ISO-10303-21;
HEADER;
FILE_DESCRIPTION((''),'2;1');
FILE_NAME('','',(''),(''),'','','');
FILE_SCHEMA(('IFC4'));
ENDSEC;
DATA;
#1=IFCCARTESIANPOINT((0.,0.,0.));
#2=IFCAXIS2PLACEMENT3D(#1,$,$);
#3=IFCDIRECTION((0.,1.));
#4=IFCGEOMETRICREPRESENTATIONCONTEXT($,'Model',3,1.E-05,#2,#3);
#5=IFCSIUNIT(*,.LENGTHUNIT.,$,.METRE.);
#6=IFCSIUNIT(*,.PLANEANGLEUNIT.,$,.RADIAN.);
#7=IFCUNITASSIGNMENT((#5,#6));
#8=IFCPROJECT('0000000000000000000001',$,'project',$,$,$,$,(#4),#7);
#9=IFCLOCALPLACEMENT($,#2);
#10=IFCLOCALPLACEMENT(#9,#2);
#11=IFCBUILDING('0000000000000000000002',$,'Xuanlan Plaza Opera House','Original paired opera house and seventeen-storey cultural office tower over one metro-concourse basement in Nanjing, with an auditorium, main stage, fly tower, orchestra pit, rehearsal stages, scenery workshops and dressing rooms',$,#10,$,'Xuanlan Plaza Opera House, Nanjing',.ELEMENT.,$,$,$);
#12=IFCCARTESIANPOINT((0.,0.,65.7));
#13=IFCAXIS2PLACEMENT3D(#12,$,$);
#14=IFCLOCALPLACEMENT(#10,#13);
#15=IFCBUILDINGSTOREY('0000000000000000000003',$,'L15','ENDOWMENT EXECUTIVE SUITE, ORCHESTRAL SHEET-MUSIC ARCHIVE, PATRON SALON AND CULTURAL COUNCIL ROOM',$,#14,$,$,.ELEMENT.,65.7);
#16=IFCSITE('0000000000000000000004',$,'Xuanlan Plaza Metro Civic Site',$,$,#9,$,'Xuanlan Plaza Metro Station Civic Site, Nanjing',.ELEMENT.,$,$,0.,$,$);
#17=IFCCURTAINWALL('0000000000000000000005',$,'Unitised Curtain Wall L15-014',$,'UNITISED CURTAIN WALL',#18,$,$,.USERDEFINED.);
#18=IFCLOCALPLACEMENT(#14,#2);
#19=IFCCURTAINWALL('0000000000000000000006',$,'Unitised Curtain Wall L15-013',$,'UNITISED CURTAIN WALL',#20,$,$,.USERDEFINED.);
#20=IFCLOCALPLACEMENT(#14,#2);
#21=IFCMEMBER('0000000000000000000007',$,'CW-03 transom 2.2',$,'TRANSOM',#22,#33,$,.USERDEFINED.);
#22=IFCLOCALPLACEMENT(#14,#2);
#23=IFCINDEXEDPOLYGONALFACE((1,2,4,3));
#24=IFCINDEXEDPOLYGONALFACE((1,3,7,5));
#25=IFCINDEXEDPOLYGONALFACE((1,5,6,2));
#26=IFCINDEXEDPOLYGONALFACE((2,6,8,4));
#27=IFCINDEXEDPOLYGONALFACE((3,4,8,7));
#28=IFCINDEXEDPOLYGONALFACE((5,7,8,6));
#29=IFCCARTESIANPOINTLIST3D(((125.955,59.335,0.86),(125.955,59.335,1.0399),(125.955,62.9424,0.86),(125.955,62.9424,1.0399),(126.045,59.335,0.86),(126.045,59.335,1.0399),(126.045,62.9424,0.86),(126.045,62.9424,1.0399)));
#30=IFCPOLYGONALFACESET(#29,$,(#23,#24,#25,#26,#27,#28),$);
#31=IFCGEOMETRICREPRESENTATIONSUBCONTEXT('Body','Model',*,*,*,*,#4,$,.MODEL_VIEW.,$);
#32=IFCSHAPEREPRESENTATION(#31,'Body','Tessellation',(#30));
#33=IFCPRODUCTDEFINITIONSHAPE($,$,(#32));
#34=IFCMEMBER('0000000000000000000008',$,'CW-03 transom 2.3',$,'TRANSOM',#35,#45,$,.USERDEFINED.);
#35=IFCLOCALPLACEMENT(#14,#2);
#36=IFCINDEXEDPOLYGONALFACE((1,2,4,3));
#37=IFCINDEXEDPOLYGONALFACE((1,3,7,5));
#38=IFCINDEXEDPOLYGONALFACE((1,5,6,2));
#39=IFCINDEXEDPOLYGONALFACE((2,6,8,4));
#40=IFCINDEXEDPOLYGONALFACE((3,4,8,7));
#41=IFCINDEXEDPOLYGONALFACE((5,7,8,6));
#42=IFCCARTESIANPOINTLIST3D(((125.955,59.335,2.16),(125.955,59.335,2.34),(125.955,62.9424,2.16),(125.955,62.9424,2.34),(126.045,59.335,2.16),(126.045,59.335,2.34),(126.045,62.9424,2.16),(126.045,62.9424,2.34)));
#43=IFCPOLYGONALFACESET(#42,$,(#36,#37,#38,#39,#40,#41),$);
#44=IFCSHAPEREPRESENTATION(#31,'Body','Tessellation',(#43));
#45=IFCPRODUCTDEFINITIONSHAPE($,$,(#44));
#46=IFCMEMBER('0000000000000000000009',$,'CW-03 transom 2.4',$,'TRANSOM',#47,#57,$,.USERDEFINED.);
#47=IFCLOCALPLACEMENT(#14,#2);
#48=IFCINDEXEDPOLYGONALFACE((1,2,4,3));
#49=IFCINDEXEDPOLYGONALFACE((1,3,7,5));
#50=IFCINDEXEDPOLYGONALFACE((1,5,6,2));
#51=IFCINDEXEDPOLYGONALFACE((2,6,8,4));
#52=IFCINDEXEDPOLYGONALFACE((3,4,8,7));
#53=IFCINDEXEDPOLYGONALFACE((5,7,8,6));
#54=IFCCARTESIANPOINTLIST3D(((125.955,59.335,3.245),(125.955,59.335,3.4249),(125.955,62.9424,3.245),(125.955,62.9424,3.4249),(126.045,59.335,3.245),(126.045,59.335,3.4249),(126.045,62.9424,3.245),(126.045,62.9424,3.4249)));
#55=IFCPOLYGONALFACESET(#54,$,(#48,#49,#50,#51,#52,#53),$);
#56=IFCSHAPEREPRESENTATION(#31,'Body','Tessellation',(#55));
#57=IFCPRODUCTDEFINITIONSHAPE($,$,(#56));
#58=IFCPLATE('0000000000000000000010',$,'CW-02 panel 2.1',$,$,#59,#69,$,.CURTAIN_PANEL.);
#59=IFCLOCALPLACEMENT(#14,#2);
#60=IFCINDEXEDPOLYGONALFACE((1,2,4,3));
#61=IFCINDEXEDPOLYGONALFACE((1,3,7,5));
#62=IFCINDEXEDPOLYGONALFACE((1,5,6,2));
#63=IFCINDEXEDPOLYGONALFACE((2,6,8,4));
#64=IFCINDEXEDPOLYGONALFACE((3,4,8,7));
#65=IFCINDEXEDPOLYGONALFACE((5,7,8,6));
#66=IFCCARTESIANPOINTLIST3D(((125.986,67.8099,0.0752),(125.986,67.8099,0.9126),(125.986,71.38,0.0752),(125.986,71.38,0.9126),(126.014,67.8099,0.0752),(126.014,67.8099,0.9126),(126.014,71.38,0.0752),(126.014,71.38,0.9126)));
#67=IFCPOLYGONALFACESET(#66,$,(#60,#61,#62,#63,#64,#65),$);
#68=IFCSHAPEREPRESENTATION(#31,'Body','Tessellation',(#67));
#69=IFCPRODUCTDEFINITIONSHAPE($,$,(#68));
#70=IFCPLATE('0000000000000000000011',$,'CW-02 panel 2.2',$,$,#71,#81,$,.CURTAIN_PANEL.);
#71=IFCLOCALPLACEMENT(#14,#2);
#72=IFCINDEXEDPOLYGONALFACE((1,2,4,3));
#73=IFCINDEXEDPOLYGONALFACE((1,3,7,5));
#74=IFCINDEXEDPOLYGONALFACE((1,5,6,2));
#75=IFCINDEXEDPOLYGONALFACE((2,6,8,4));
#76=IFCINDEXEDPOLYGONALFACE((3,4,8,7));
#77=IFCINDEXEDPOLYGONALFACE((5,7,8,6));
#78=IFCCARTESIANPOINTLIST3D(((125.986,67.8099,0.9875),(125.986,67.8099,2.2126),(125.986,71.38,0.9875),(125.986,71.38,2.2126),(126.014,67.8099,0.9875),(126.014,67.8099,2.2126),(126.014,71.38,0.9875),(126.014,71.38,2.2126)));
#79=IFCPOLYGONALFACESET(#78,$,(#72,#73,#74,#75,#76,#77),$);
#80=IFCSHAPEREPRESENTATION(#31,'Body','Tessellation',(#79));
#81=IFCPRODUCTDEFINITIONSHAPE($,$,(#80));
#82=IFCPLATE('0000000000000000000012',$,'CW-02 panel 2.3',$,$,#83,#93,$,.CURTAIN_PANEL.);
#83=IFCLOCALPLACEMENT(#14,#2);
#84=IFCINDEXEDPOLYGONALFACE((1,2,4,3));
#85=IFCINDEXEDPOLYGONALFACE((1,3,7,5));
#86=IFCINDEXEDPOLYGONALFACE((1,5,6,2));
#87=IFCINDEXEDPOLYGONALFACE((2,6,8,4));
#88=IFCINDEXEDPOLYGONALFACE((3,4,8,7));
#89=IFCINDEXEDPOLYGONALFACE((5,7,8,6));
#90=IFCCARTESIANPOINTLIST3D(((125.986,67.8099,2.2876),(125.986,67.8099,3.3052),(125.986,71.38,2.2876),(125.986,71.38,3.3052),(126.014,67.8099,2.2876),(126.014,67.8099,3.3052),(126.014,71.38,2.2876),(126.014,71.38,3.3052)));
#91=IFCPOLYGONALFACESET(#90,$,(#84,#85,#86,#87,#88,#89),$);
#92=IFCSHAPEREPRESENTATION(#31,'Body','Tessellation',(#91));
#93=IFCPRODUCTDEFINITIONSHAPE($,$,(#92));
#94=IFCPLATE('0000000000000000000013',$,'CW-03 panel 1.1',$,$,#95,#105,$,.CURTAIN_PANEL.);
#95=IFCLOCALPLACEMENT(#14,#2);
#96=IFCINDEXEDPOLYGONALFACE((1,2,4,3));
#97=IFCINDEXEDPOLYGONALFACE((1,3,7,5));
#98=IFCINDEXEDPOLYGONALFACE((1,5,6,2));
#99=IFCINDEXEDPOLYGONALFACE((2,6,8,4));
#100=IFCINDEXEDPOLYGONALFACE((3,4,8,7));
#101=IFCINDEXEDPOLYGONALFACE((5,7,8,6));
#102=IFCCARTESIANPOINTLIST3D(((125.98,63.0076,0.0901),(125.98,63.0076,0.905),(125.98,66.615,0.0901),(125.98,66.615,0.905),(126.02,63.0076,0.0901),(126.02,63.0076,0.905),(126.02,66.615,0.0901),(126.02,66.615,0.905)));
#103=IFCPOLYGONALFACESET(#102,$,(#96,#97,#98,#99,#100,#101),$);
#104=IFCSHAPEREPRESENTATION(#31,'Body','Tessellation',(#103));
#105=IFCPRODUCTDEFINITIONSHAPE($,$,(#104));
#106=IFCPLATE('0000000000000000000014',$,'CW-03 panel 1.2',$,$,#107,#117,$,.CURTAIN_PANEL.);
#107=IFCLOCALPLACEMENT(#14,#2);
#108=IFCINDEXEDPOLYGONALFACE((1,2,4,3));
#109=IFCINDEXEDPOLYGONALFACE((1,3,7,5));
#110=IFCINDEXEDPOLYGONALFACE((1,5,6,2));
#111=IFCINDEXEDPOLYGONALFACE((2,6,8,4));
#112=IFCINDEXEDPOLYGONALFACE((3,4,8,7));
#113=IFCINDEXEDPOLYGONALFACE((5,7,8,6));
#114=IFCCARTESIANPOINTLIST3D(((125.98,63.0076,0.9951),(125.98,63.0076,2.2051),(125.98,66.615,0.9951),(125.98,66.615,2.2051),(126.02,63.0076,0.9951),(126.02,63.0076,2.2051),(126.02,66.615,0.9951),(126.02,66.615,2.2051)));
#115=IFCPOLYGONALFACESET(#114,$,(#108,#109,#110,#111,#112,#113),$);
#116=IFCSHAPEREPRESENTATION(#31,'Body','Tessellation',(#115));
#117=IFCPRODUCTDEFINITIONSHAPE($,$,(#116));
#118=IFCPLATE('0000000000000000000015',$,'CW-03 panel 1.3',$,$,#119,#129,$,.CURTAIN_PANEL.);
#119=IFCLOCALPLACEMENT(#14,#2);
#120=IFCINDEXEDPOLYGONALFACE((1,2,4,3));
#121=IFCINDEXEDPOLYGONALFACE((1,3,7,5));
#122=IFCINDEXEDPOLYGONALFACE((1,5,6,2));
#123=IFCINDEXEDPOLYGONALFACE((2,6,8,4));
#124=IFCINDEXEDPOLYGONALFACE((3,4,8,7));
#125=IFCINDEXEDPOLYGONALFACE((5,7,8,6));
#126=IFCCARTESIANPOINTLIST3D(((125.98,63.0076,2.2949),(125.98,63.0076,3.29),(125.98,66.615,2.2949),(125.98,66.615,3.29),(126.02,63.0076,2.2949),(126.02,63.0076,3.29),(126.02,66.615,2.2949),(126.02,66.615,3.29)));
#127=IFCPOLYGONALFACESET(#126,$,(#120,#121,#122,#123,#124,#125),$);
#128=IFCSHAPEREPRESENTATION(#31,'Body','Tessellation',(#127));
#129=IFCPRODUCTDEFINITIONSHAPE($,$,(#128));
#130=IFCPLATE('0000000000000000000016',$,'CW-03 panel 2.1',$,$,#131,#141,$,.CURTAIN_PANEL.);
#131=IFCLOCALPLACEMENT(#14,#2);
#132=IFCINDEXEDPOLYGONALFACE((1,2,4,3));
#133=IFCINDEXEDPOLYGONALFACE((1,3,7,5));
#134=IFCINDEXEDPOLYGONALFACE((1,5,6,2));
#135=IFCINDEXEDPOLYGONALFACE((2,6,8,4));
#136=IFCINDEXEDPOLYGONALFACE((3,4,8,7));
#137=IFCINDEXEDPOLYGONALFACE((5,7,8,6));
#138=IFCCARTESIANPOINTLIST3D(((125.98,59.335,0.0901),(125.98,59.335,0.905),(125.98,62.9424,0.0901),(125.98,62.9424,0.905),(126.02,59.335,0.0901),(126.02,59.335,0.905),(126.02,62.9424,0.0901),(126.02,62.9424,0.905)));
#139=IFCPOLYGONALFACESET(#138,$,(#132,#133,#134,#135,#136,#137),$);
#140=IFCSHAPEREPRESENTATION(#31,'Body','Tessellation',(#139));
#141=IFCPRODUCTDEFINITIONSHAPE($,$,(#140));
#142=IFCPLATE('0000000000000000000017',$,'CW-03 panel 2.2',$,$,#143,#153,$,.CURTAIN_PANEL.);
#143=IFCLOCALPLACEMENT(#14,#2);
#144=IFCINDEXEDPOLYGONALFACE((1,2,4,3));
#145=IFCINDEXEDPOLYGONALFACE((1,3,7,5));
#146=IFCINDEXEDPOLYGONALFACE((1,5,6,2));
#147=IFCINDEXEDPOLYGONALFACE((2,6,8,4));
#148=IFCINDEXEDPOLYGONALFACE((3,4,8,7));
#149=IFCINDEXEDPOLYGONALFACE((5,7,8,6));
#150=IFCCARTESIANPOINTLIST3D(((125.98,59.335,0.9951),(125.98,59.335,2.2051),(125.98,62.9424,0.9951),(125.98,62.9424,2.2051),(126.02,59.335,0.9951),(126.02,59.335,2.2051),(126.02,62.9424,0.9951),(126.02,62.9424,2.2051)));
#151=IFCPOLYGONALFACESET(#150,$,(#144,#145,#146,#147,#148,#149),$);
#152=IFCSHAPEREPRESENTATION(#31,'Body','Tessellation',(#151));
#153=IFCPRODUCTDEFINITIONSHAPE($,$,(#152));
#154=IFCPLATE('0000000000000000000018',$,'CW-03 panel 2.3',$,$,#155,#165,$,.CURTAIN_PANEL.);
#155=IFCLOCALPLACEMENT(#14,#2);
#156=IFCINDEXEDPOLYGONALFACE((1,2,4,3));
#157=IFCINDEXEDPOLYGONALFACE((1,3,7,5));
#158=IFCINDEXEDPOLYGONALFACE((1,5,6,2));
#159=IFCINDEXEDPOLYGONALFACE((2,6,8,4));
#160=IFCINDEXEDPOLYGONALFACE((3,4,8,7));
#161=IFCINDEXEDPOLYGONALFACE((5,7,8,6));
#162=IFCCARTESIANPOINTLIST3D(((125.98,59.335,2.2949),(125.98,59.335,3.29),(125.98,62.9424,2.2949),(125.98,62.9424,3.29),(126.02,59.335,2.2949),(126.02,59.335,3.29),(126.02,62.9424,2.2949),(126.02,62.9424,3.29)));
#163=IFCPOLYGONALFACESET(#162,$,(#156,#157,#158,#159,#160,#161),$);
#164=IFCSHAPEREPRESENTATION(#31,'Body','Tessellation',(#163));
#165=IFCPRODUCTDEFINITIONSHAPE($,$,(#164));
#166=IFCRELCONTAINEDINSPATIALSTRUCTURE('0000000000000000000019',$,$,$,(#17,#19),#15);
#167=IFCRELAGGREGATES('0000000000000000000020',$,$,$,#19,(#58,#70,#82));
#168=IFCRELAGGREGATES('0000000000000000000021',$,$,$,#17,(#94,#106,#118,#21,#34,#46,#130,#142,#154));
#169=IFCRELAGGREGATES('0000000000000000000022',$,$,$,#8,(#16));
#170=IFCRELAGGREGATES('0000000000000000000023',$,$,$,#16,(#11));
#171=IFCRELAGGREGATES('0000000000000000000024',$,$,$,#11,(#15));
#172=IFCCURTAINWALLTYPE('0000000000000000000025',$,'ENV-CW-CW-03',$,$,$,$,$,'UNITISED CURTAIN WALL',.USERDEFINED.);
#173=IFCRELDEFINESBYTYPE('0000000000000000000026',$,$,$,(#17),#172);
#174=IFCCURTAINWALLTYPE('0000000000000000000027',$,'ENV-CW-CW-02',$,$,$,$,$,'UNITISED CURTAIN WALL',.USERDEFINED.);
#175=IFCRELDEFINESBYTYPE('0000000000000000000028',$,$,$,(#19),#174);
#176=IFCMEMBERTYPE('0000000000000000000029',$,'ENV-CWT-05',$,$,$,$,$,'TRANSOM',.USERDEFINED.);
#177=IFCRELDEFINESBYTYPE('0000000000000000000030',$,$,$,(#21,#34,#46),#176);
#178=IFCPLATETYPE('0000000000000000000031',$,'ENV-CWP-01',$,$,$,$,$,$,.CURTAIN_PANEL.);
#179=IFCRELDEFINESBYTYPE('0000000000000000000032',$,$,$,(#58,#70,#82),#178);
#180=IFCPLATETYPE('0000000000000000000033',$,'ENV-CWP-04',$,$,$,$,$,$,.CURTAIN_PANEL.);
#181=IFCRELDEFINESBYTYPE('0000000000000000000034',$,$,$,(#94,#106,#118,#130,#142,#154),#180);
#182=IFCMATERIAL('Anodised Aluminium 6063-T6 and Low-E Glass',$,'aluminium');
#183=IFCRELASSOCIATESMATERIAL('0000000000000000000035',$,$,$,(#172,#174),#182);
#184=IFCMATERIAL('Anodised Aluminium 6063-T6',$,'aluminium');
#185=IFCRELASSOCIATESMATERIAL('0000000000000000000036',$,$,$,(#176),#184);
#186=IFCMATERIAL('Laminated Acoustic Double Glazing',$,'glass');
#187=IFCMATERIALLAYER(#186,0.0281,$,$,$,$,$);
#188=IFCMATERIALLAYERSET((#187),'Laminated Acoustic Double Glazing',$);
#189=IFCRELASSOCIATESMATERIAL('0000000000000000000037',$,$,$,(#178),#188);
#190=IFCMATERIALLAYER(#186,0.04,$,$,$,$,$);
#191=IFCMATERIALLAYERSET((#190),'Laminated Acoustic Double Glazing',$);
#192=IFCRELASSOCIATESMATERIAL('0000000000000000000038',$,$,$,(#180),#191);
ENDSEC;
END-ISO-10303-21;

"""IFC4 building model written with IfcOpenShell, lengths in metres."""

from ifc_helpers import new_model, si_unit, direction, frame, origin, origin_2d, place, context, subcontext, project, spatial, rectangle, extrude, material, layer, layer_set, material_profile, profile_set, type_object, element, aggregate, save


model = new_model("IFC4")

# Units and contexts
model_context = context("Model", 3, precision=1e-05, world=origin(), true_north=direction((0.0, 1.0)))
body_context = subcontext(model_context, "Body", "Model", "MODEL_VIEW")
ifc_project = project(units=[si_unit("LENGTHUNIT", "METRE"), si_unit("PLANEANGLEUNIT", "RADIAN")], contexts=[model_context])

# Site, building, storey
site_placement = place(None, origin())
site = spatial("IfcSite", under=ifc_project, at=site_placement, Name="Xuanlan Plaza Metro Civic Site", LongName="Xuanlan Plaza Metro Station Civic Site, Nanjing", CompositionType="ELEMENT", RefElevation=0.0)
building_placement = place(site_placement, origin())
building = spatial("IfcBuilding", under=site, at=building_placement, Name="Xuanlan Plaza Opera House", Description="Original paired opera house and seventeen-storey cultural office tower over one metro-concourse basement in Nanjing, with an auditorium, main stage, fly tower, orchestra pit, rehearsal stages, scenery workshops and dressing rooms", LongName="Xuanlan Plaza Opera House, Nanjing", CompositionType="ELEMENT")
storey_placement = place(building_placement, frame((0.0, 0.0, 65.7)))
storey = spatial("IfcBuildingStorey", under=building, at=storey_placement, Name="L15", Description="ENDOWMENT EXECUTIVE SUITE, ORCHESTRAL SHEET-MUSIC ARCHIVE, PATRON SALON AND CULTURAL COUNCIL ROOM", CompositionType="ELEMENT", Elevation=65.7)

# Curtain wall
ifc_material_1 = material(Name="Anodised Aluminium 6063-T6 and Low-E Glass", Category="aluminium")
curtain_wall_type_1 = type_object("IfcCurtainWallType", Name="ENV-CW-CW-03", ElementType="UNITISED CURTAIN WALL", PredefinedType="USERDEFINED", material=ifc_material_1)
curtain_wall_1_placement = place(storey_placement, origin())
curtain_wall_1 = element("IfcCurtainWall", 1, at=curtain_wall_1_placement, inside=storey, type_object=curtain_wall_type_1, Name="Unitised Curtain Wall L15-014", ObjectType="UNITISED CURTAIN WALL", PredefinedType="USERDEFINED")
ifc_material_2 = material(Name="Anodised Aluminium 6063-T6", Category="aluminium")

# Curtain wall
curtain_wall_type_2 = type_object("IfcCurtainWallType", Name="ENV-CW-CW-02", ElementType="UNITISED CURTAIN WALL", PredefinedType="USERDEFINED", material=ifc_material_1)
curtain_wall_2_placement = place(storey_placement, origin())
curtain_wall_2 = element("IfcCurtainWall", 2, at=curtain_wall_2_placement, inside=storey, type_object=curtain_wall_type_2, Name="Unitised Curtain Wall L15-013", ObjectType="UNITISED CURTAIN WALL", PredefinedType="USERDEFINED")

# Members
ifc_material_profile_1 = material_profile(ifc_material_2, rectangle(XDim=0.0901, YDim=0.1799, at=origin_2d()), Name="ALU-T 90x180")
ifc_profile_set_1 = profile_set([ifc_material_profile_1], Name="Anodised Aluminium 6063-T6")
member_type_1 = type_object("IfcMemberType", Name="ENV-CWT-05", ElementType="TRANSOM", PredefinedType="USERDEFINED", material=ifc_profile_set_1)
member_1_placement = place(storey_placement, frame((126.0, 62.9424, 0.95), z_axis=(0.0, -1.0, 0.0), x_axis=(1.0, 0.0, 0.0)))
member_1 = element("IfcMember", 3, at=member_1_placement, type_object=member_type_1, Name="CW-03 transom 2.2", ObjectType="TRANSOM", PredefinedType="USERDEFINED", context=body_context, shape_type="SweptSolid", body=[
    extrude(rectangle(XDim=0.0901, YDim=0.1799, at=origin_2d()), origin(), (0.0, 0.0, 1.0), 3.6074),
])
member_2_placement = place(storey_placement, frame((126.0, 62.9424, 2.25), z_axis=(0.0, -1.0, 0.0), x_axis=(1.0, 0.0, 0.0)))
member_2 = element("IfcMember", 4, at=member_2_placement, type_object=member_type_1, Name="CW-03 transom 2.3", ObjectType="TRANSOM", PredefinedType="USERDEFINED", context=body_context, shape_type="SweptSolid", body=[
    extrude(rectangle(XDim=0.0901, YDim=0.1799, at=origin_2d()), origin(), (0.0, 0.0, 1.0), 3.6074),
])
member_3_placement = place(storey_placement, frame((126.0, 62.9424, 3.335), z_axis=(0.0, -1.0, 0.0), x_axis=(1.0, 0.0, 0.0)))
member_3 = element("IfcMember", 5, at=member_3_placement, type_object=member_type_1, Name="CW-03 transom 2.4", ObjectType="TRANSOM", PredefinedType="USERDEFINED", context=body_context, shape_type="SweptSolid", body=[
    extrude(rectangle(XDim=0.0901, YDim=0.1799, at=origin_2d()), origin(), (0.0, 0.0, 1.0), 3.6074),
])

# Plates
ifc_material_3 = material(Name="Laminated Acoustic Double Glazing", Category="glass")
ifc_layer_1 = layer(ifc_material_3, 0.0281)
ifc_layer_set_1 = layer_set([ifc_layer_1], Name="Laminated Acoustic Double Glazing")
plate_type_1 = type_object("IfcPlateType", Name="ENV-CWP-01", PredefinedType="CURTAIN_PANEL", material=ifc_layer_set_1)
plate_1_placement = place(storey_placement, frame((126.0, 69.595, 0.0752), z_axis=(0.0, 0.0, 1.0), x_axis=(0.0, -1.0, 0.0)))
plate_1 = element("IfcPlate", 6, at=plate_1_placement, type_object=plate_type_1, Name="CW-02 panel 2.1", PredefinedType="CURTAIN_PANEL", context=body_context, shape_type="SweptSolid", body=[
    extrude(rectangle(XDim=3.5701, YDim=0.0281, at=origin_2d()), origin(), (0.0, 0.0, 1.0), 0.8374),
])
plate_2_placement = place(storey_placement, frame((126.0, 69.595, 0.9875), z_axis=(0.0, 0.0, 1.0), x_axis=(0.0, -1.0, 0.0)))
plate_2 = element("IfcPlate", 7, at=plate_2_placement, type_object=plate_type_1, Name="CW-02 panel 2.2", PredefinedType="CURTAIN_PANEL", context=body_context, shape_type="SweptSolid", body=[
    extrude(rectangle(XDim=3.5701, YDim=0.0281, at=origin_2d()), origin(), (0.0, 0.0, 1.0), 1.2251),
])
plate_3_placement = place(storey_placement, frame((126.0, 69.595, 2.2876), z_axis=(0.0, 0.0, 1.0), x_axis=(0.0, -1.0, 0.0)))
plate_3 = element("IfcPlate", 8, at=plate_3_placement, type_object=plate_type_1, Name="CW-02 panel 2.3", PredefinedType="CURTAIN_PANEL", context=body_context, shape_type="SweptSolid", body=[
    extrude(rectangle(XDim=3.5701, YDim=0.0281, at=origin_2d()), origin(), (0.0, 0.0, 1.0), 1.0176),
])
aggregate(curtain_wall_2, [plate_1, plate_2, plate_3])
ifc_layer_2 = layer(ifc_material_3, 0.04)
ifc_layer_set_2 = layer_set([ifc_layer_2], Name="Laminated Acoustic Double Glazing")
plate_type_2 = type_object("IfcPlateType", Name="ENV-CWP-04", PredefinedType="CURTAIN_PANEL", material=ifc_layer_set_2)
plate_4_placement = place(storey_placement, frame((126.0, 64.8113, 0.0901), z_axis=(0.0, 0.0, 1.0), x_axis=(0.0, -1.0, 0.0)))
plate_4 = element("IfcPlate", 9, at=plate_4_placement, type_object=plate_type_2, Name="CW-03 panel 1.1", PredefinedType="CURTAIN_PANEL", context=body_context, shape_type="SweptSolid", body=[
    extrude(rectangle(XDim=3.6074, YDim=0.04, at=origin_2d()), origin(), (0.0, 0.0, 1.0), 0.8149),
])
plate_5_placement = place(storey_placement, frame((126.0, 64.8113, 0.9951), z_axis=(0.0, 0.0, 1.0), x_axis=(0.0, -1.0, 0.0)))
plate_5 = element("IfcPlate", 10, at=plate_5_placement, type_object=plate_type_2, Name="CW-03 panel 1.2", PredefinedType="CURTAIN_PANEL", context=body_context, shape_type="SweptSolid", body=[
    extrude(rectangle(XDim=3.6074, YDim=0.04, at=origin_2d()), origin(), (0.0, 0.0, 1.0), 1.21),
])
plate_6_placement = place(storey_placement, frame((126.0, 64.8113, 2.2949), z_axis=(0.0, 0.0, 1.0), x_axis=(0.0, -1.0, 0.0)))
plate_6 = element("IfcPlate", 11, at=plate_6_placement, type_object=plate_type_2, Name="CW-03 panel 1.3", PredefinedType="CURTAIN_PANEL", context=body_context, shape_type="SweptSolid", body=[
    extrude(rectangle(XDim=3.6074, YDim=0.04, at=origin_2d()), origin(), (0.0, 0.0, 1.0), 0.9951),
])
plate_7_placement = place(storey_placement, frame((126.0, 61.1387, 0.0901), z_axis=(0.0, 0.0, 1.0), x_axis=(0.0, -1.0, 0.0)))
plate_7 = element("IfcPlate", 12, at=plate_7_placement, type_object=plate_type_2, Name="CW-03 panel 2.1", PredefinedType="CURTAIN_PANEL", context=body_context, shape_type="SweptSolid", body=[
    extrude(rectangle(XDim=3.6074, YDim=0.04, at=origin_2d()), origin(), (0.0, 0.0, 1.0), 0.8149),
])
plate_8_placement = place(storey_placement, frame((126.0, 61.1387, 0.9951), z_axis=(0.0, 0.0, 1.0), x_axis=(0.0, -1.0, 0.0)))
plate_8 = element("IfcPlate", 13, at=plate_8_placement, type_object=plate_type_2, Name="CW-03 panel 2.2", PredefinedType="CURTAIN_PANEL", context=body_context, shape_type="SweptSolid", body=[
    extrude(rectangle(XDim=3.6074, YDim=0.04, at=origin_2d()), origin(), (0.0, 0.0, 1.0), 1.21),
])
plate_9_placement = place(storey_placement, frame((126.0, 61.1387, 2.2949), z_axis=(0.0, 0.0, 1.0), x_axis=(0.0, -1.0, 0.0)))
plate_9 = element("IfcPlate", 14, at=plate_9_placement, type_object=plate_type_2, Name="CW-03 panel 2.3", PredefinedType="CURTAIN_PANEL", context=body_context, shape_type="SweptSolid", body=[
    extrude(rectangle(XDim=3.6074, YDim=0.04, at=origin_2d()), origin(), (0.0, 0.0, 1.0), 0.9951),
])
aggregate(curtain_wall_1, [plate_4, plate_5, plate_6, member_1, member_2, member_3, plate_7, plate_8, plate_9])

save(model, "model.ifc")
